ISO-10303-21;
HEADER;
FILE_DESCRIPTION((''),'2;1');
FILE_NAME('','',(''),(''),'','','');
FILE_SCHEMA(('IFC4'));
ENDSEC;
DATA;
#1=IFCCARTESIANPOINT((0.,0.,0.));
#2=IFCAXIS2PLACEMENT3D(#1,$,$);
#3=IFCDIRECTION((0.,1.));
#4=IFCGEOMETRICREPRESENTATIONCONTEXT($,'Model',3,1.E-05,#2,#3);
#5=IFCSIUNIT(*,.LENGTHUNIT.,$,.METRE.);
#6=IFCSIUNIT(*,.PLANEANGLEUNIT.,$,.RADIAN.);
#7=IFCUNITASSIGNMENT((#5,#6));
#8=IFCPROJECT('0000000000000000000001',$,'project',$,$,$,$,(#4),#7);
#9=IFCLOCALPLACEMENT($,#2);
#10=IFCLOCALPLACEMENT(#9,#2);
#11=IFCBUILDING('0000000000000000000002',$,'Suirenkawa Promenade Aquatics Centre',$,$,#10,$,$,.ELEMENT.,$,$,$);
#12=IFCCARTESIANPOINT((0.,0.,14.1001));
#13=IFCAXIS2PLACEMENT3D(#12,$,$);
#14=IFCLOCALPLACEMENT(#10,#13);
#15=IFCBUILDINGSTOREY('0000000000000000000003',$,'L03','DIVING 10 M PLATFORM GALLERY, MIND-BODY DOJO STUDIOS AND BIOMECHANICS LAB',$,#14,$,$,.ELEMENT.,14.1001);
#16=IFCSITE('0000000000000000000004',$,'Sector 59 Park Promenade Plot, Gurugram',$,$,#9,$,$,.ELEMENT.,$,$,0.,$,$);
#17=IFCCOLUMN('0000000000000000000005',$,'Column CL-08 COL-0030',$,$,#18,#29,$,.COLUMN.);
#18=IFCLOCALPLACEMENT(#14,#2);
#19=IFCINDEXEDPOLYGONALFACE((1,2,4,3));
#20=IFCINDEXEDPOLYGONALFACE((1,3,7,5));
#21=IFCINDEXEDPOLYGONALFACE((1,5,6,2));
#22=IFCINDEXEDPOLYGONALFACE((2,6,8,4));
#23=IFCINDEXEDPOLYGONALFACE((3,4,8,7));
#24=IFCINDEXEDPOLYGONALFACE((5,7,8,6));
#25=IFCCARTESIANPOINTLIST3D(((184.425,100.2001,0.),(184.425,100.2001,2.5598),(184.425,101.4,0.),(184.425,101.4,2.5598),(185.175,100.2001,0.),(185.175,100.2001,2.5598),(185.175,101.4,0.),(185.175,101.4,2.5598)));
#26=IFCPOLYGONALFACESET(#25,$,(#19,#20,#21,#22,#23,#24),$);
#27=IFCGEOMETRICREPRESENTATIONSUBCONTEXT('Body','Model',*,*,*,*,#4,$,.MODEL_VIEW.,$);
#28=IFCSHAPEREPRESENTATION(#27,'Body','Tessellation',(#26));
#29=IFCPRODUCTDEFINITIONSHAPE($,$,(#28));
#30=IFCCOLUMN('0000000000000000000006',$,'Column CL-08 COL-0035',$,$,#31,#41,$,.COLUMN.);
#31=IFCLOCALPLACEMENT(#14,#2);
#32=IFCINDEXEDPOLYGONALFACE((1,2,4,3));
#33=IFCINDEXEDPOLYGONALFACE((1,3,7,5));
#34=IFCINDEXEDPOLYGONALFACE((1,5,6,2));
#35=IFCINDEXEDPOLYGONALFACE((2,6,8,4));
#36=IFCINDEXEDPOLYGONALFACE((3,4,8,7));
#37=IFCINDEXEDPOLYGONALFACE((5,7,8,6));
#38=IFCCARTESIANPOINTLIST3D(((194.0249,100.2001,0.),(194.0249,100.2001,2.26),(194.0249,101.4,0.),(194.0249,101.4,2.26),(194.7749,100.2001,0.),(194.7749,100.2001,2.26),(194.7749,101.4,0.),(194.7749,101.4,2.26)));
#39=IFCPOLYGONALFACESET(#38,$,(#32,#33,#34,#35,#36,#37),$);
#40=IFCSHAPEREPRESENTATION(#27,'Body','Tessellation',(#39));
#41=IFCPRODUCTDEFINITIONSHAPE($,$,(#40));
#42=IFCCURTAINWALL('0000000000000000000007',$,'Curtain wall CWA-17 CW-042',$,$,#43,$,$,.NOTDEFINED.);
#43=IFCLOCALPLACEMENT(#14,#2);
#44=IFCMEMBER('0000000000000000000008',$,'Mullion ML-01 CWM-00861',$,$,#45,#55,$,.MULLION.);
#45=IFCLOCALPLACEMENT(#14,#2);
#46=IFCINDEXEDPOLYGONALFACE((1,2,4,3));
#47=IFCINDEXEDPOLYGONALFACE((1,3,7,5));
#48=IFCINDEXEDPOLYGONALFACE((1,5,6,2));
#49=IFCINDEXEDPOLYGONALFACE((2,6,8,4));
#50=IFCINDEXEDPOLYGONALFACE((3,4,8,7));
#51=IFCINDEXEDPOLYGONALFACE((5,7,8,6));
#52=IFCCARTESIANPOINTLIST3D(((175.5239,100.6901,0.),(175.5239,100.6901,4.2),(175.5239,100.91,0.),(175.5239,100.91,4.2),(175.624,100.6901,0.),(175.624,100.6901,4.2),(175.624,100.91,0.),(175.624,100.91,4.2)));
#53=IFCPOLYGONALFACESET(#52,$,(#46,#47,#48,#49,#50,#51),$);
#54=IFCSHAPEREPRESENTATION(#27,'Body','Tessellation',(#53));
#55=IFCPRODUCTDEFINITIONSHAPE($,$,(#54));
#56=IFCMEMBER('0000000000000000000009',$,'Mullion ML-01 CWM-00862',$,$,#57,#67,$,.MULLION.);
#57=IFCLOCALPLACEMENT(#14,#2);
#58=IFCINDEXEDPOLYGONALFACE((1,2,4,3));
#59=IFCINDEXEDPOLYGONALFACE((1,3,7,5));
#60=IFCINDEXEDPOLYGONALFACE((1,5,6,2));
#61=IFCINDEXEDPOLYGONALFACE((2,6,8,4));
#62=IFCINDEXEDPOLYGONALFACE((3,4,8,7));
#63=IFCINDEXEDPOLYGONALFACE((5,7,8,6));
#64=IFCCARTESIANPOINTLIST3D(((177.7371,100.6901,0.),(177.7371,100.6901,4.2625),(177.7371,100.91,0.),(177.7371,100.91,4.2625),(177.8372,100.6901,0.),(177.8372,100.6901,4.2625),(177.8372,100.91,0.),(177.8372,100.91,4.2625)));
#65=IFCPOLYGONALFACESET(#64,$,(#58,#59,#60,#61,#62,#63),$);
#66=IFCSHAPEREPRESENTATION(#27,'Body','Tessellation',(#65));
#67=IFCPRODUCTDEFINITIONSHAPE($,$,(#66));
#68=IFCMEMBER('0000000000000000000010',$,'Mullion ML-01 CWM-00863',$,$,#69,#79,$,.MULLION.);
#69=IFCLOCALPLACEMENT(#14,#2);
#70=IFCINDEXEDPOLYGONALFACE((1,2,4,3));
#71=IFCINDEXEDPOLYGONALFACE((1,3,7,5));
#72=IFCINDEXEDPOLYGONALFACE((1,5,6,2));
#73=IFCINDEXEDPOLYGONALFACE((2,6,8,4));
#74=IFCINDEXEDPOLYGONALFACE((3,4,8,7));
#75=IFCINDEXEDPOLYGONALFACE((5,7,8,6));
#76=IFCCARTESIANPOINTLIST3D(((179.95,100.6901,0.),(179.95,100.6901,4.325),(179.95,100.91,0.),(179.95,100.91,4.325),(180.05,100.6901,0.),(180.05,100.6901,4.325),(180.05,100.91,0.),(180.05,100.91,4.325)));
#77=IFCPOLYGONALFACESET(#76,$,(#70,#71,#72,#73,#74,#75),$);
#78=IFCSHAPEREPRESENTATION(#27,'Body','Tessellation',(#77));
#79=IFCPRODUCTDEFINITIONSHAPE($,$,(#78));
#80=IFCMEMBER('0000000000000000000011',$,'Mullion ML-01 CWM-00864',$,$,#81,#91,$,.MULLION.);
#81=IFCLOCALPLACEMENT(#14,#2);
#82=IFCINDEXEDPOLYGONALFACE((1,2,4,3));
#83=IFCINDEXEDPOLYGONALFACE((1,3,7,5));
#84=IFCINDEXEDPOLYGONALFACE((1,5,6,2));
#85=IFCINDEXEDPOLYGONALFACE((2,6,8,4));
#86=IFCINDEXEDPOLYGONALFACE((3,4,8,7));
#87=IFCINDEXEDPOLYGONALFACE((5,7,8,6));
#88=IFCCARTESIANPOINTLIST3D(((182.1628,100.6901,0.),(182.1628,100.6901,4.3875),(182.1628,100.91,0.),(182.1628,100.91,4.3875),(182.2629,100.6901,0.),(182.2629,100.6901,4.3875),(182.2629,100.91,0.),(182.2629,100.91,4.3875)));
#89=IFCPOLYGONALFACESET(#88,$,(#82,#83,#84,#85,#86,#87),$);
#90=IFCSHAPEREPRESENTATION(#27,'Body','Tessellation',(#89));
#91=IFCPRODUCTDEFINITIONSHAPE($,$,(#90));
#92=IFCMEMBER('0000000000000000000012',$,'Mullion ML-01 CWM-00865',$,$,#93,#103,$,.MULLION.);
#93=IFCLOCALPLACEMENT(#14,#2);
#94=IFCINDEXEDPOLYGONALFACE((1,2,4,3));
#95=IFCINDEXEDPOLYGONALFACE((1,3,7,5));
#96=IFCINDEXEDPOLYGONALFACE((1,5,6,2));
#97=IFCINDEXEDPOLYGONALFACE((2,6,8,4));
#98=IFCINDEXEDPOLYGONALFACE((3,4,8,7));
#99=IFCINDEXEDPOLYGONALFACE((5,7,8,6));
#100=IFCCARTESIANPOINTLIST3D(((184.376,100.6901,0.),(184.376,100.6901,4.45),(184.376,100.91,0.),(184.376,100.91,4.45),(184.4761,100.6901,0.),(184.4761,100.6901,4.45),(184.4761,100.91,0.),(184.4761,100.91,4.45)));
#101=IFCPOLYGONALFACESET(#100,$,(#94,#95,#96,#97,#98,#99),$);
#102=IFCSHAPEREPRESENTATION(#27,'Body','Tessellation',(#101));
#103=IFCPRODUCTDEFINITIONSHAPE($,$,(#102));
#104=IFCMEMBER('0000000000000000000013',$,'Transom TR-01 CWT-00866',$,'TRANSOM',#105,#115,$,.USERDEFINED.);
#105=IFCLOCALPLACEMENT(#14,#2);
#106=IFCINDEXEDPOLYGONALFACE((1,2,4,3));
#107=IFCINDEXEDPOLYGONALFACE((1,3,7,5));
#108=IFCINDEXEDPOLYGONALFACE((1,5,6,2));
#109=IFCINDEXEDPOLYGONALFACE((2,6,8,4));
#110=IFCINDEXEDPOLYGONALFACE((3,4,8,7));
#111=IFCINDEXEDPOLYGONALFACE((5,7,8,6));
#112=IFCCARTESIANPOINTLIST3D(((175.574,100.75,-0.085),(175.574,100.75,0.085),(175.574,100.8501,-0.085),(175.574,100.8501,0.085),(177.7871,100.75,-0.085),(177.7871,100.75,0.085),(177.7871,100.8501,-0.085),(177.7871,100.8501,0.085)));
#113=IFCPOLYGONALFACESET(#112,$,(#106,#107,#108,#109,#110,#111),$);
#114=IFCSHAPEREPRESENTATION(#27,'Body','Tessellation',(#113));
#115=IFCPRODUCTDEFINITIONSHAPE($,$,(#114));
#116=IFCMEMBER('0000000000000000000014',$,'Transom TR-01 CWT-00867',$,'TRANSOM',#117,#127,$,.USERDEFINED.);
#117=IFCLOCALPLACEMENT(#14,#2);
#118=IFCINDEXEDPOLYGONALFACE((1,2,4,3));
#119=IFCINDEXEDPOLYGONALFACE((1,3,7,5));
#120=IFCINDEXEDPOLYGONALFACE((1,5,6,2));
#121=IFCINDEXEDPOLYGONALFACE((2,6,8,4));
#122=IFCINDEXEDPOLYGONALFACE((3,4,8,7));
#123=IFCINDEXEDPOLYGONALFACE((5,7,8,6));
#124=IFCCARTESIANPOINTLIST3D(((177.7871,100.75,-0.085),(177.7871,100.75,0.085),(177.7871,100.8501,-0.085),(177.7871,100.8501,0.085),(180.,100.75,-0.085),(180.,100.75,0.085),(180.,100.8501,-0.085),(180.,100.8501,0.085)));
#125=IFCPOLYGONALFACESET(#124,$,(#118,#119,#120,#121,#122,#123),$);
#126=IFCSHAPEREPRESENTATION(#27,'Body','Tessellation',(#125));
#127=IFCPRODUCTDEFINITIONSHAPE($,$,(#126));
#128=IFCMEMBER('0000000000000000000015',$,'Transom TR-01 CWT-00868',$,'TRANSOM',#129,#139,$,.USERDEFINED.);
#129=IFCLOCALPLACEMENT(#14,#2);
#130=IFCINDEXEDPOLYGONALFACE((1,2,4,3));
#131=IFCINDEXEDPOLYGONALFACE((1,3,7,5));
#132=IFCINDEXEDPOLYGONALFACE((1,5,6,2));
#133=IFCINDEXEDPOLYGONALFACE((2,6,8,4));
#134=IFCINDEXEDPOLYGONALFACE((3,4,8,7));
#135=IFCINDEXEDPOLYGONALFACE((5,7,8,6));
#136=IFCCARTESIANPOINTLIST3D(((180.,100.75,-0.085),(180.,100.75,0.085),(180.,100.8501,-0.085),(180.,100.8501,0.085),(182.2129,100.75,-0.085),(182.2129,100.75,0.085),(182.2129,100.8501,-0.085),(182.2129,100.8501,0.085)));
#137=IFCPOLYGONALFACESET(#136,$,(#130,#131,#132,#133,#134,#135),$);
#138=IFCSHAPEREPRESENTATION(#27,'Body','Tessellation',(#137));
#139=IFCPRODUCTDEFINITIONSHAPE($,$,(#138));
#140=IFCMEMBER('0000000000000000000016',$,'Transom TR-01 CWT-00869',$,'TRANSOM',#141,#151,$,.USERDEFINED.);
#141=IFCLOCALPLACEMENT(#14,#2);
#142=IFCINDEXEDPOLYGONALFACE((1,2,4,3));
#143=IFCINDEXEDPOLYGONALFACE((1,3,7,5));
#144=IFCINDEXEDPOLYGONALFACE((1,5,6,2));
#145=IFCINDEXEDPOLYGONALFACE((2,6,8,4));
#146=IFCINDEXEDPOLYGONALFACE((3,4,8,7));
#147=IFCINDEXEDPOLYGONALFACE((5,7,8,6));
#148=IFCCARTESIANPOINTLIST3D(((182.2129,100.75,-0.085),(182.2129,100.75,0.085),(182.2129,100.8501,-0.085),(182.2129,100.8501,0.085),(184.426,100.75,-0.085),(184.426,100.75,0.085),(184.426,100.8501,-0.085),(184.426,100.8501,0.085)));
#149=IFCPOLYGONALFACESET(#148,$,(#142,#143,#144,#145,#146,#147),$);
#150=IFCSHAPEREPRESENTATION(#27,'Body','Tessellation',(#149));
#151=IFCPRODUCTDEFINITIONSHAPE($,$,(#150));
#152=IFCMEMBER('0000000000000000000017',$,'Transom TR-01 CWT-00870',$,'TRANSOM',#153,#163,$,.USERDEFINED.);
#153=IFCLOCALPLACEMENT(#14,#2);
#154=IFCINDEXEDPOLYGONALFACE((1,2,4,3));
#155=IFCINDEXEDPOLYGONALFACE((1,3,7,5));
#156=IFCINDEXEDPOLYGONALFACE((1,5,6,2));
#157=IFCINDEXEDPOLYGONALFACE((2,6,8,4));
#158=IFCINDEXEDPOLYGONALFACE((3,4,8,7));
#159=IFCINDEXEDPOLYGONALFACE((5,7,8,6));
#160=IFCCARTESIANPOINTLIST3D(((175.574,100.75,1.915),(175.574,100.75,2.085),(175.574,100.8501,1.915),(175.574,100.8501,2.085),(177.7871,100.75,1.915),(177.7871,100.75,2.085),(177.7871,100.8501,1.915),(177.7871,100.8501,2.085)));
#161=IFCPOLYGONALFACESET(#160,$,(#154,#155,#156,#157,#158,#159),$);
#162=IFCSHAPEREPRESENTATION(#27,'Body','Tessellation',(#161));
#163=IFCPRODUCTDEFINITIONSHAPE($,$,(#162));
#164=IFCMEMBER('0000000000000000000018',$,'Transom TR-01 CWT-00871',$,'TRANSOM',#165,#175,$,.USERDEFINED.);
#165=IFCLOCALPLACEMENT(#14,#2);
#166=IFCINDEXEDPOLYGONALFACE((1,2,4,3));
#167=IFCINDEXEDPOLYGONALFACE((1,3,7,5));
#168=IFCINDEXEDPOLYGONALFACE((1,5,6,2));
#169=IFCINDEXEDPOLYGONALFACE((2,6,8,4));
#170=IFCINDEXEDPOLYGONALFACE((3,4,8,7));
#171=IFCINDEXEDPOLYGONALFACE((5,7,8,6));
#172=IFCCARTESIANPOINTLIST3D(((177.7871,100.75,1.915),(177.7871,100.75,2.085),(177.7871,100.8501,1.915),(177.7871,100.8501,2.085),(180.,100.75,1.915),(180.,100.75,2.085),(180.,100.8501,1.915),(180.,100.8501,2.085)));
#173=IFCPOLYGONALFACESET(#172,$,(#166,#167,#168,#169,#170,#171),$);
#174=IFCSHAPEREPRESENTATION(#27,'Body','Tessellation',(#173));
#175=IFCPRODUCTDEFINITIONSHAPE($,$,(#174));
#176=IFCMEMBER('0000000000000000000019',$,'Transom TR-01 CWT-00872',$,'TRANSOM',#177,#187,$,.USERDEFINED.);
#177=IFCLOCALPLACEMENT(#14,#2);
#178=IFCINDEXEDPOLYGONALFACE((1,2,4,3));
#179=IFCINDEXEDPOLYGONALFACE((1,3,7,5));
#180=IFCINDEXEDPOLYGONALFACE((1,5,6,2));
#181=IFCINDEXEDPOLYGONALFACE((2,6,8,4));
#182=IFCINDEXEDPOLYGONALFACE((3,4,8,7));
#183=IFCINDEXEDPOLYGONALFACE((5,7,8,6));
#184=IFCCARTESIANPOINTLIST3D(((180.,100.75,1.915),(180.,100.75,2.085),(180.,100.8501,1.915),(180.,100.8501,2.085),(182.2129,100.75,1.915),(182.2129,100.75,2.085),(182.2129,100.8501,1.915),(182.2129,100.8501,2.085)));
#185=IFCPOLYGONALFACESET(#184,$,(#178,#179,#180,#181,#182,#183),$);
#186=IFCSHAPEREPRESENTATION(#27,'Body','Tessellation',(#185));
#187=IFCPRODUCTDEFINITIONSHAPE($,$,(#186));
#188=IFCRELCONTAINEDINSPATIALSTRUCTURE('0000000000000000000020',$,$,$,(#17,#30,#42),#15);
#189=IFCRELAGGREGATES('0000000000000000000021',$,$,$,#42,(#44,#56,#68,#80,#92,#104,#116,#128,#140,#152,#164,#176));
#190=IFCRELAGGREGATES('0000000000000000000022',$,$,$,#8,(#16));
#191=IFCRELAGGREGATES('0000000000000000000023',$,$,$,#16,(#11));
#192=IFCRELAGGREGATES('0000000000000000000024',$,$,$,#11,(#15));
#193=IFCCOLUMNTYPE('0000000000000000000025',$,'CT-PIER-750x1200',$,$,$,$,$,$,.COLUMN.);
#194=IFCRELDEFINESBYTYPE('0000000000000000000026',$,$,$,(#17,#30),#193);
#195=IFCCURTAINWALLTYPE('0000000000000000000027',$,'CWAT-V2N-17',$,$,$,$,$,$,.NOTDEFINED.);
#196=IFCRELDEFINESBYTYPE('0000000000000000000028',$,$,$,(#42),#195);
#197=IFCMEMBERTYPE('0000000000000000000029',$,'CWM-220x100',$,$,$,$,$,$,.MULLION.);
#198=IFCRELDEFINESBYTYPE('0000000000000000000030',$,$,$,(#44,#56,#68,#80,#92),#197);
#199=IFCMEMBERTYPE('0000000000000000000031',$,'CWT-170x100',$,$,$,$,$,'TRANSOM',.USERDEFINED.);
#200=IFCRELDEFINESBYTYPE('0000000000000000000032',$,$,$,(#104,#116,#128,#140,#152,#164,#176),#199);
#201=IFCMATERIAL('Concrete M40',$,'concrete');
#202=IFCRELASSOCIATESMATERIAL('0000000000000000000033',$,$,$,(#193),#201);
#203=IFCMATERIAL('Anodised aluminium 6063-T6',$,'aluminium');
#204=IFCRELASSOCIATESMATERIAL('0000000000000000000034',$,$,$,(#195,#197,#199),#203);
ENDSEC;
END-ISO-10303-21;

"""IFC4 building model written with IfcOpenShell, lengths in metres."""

from ifc_helpers import new_model, si_unit, direction, frame, origin, origin_2d, place, context, subcontext, project, spatial, rectangle, extrude, material, material_profile, profile_set, type_object, element, aggregate, save


model = new_model("IFC4")

# Units and contexts
model_context = context("Model", 3, precision=1e-05, world=origin(), true_north=direction((0.0, 1.0)))
body_context = subcontext(model_context, "Body", "Model", "MODEL_VIEW")
ifc_project = project(units=[si_unit("LENGTHUNIT", "METRE"), si_unit("PLANEANGLEUNIT", "RADIAN")], contexts=[model_context])

# Site, building, storey
site_placement = place(None, origin())
site = spatial("IfcSite", under=ifc_project, at=site_placement, Name="Sector 59 Park Promenade Plot, Gurugram", CompositionType="ELEMENT", RefElevation=0.0)
building_placement = place(site_placement, origin())
building = spatial("IfcBuilding", under=site, at=building_placement, Name="Suirenkawa Promenade Aquatics Centre", CompositionType="ELEMENT")
storey_placement = place(building_placement, frame((0.0, 0.0, 14.1001)))
storey = spatial("IfcBuildingStorey", under=building, at=storey_placement, Name="L03", Description="DIVING 10 M PLATFORM GALLERY, MIND-BODY DOJO STUDIOS AND BIOMECHANICS LAB", CompositionType="ELEMENT", Elevation=14.1001)

# Columns
ifc_material_1 = material(Name="Concrete M40", Category="concrete")
ifc_material_profile_1 = material_profile(ifc_material_1, rectangle(XDim=0.75, YDim=1.2, at=origin_2d()), Name="RC PIER 750x1200", Category="concrete")
ifc_profile_set_1 = profile_set([ifc_material_profile_1], Name="Concrete M40")
column_type = type_object("IfcColumnType", Name="CT-PIER-750x1200", PredefinedType="COLUMN", material=ifc_profile_set_1)
column_1_placement = place(storey_placement, frame((184.8, 100.8, 0.0), z_axis=(0.0, 0.0, 1.0), x_axis=(1.0, 0.0, 0.0)))
element("IfcColumn", 1, at=column_1_placement, inside=storey, type_object=column_type, Name="Column CL-08 COL-0030", PredefinedType="COLUMN", context=body_context, shape_type="SweptSolid", body=[
    extrude(rectangle(XDim=0.75, YDim=1.2, at=origin_2d()), origin(), (0.0, 0.0, 1.0), 2.5598),
])
column_2_placement = place(storey_placement, frame((194.3999, 100.8, 0.0), z_axis=(0.0, 0.0, 1.0), x_axis=(1.0, 0.0, 0.0)))
element("IfcColumn", 2, at=column_2_placement, inside=storey, type_object=column_type, Name="Column CL-08 COL-0035", PredefinedType="COLUMN", context=body_context, shape_type="SweptSolid", body=[
    extrude(rectangle(XDim=0.75, YDim=1.2, at=origin_2d()), origin(), (0.0, 0.0, 1.0), 2.26),
])

# Curtain wall, members
ifc_material_2 = material(Name="Anodised aluminium 6063-T6", Category="aluminium")
curtain_wall_type = type_object("IfcCurtainWallType", Name="CWAT-V2N-17", PredefinedType="NOTDEFINED", material=ifc_material_2)
curtain_wall_placement = place(storey_placement, origin())
curtain_wall = element("IfcCurtainWall", 3, at=curtain_wall_placement, inside=storey, type_object=curtain_wall_type, Name="Curtain wall CWA-17 CW-042", PredefinedType="NOTDEFINED")
ifc_material_profile_2 = material_profile(ifc_material_2, rectangle(XDim=0.1001, YDim=0.22, at=origin_2d()), Name="ALU MULL 100x220", Category="aluminium")
ifc_profile_set_2 = profile_set([ifc_material_profile_2], Name="Anodised aluminium 6063-T6")
member_type_1 = type_object("IfcMemberType", Name="CWM-220x100", PredefinedType="MULLION", material=ifc_profile_set_2)
member_1_placement = place(storey_placement, frame((175.574, 100.8, 0.0), z_axis=(0.0, 0.0, 1.0), x_axis=(1.0, 0.0, 0.0)))
member_1 = element("IfcMember", 4, at=member_1_placement, type_object=member_type_1, Name="Mullion ML-01 CWM-00861", PredefinedType="MULLION", context=body_context, shape_type="SweptSolid", body=[
    extrude(rectangle(XDim=0.1001, YDim=0.22, at=origin_2d()), origin(), (0.0, 0.0, 1.0), 4.2),
])
member_2_placement = place(storey_placement, frame((177.7871, 100.8, 0.0), z_axis=(0.0, 0.0, 1.0), x_axis=(1.0, 0.0, 0.0)))
member_2 = element("IfcMember", 5, at=member_2_placement, type_object=member_type_1, Name="Mullion ML-01 CWM-00862", PredefinedType="MULLION", context=body_context, shape_type="SweptSolid", body=[
    extrude(rectangle(XDim=0.1001, YDim=0.22, at=origin_2d()), origin(), (0.0, 0.0, 1.0), 4.2625),
])
member_3_placement = place(storey_placement, frame((180.0, 100.8, 0.0), z_axis=(0.0, 0.0, 1.0), x_axis=(1.0, 0.0, 0.0)))
member_3 = element("IfcMember", 6, at=member_3_placement, type_object=member_type_1, Name="Mullion ML-01 CWM-00863", PredefinedType="MULLION", context=body_context, shape_type="SweptSolid", body=[
    extrude(rectangle(XDim=0.1001, YDim=0.22, at=origin_2d()), origin(), (0.0, 0.0, 1.0), 4.325),
])
member_4_placement = place(storey_placement, frame((182.2129, 100.8, 0.0), z_axis=(0.0, 0.0, 1.0), x_axis=(1.0, 0.0, 0.0)))
member_4 = element("IfcMember", 7, at=member_4_placement, type_object=member_type_1, Name="Mullion ML-01 CWM-00864", PredefinedType="MULLION", context=body_context, shape_type="SweptSolid", body=[
    extrude(rectangle(XDim=0.1001, YDim=0.22, at=origin_2d()), origin(), (0.0, 0.0, 1.0), 4.3875),
])
member_5_placement = place(storey_placement, frame((184.426, 100.8, 0.0), z_axis=(0.0, 0.0, 1.0), x_axis=(1.0, 0.0, 0.0)))
member_5 = element("IfcMember", 8, at=member_5_placement, type_object=member_type_1, Name="Mullion ML-01 CWM-00865", PredefinedType="MULLION", context=body_context, shape_type="SweptSolid", body=[
    extrude(rectangle(XDim=0.1001, YDim=0.22, at=origin_2d()), origin(), (0.0, 0.0, 1.0), 4.45),
])
ifc_material_profile_3 = material_profile(ifc_material_2, rectangle(XDim=0.1001, YDim=0.1699, at=origin_2d()), Name="ALU TRAN 100x170", Category="aluminium")
ifc_profile_set_3 = profile_set([ifc_material_profile_3], Name="Anodised aluminium 6063-T6")
member_type_2 = type_object("IfcMemberType", Name="CWT-170x100", ElementType="TRANSOM", PredefinedType="USERDEFINED", material=ifc_profile_set_3)
member_6_placement = place(storey_placement, frame((175.574, 100.8, 0.0), z_axis=(1.0, 0.0, 0.0), x_axis=(0.0, 1.0, 0.0)))
member_6 = element("IfcMember", 9, at=member_6_placement, type_object=member_type_2, Name="Transom TR-01 CWT-00866", ObjectType="TRANSOM", PredefinedType="USERDEFINED", context=body_context, shape_type="SweptSolid", body=[
    extrude(rectangle(XDim=0.1001, YDim=0.1699, at=origin_2d()), origin(), (0.0, 0.0, 1.0), 2.2131),
])
member_7_placement = place(storey_placement, frame((177.7871, 100.8, 0.0), z_axis=(1.0, 0.0, 0.0), x_axis=(0.0, 1.0, 0.0)))
member_7 = element("IfcMember", 10, at=member_7_placement, type_object=member_type_2, Name="Transom TR-01 CWT-00867", ObjectType="TRANSOM", PredefinedType="USERDEFINED", context=body_context, shape_type="SweptSolid", body=[
    extrude(rectangle(XDim=0.1001, YDim=0.1699, at=origin_2d()), origin(), (0.0, 0.0, 1.0), 2.2129),
])
member_8_placement = place(storey_placement, frame((180.0, 100.8, 0.0), z_axis=(1.0, 0.0, 0.0), x_axis=(0.0, 1.0, 0.0)))
member_8 = element("IfcMember", 11, at=member_8_placement, type_object=member_type_2, Name="Transom TR-01 CWT-00868", ObjectType="TRANSOM", PredefinedType="USERDEFINED", context=body_context, shape_type="SweptSolid", body=[
    extrude(rectangle(XDim=0.1001, YDim=0.1699, at=origin_2d()), origin(), (0.0, 0.0, 1.0), 2.2129),
])
member_9_placement = place(storey_placement, frame((182.2129, 100.8, 0.0), z_axis=(1.0, 0.0, 0.0), x_axis=(0.0, 1.0, 0.0)))
member_9 = element("IfcMember", 12, at=member_9_placement, type_object=member_type_2, Name="Transom TR-01 CWT-00869", ObjectType="TRANSOM", PredefinedType="USERDEFINED", context=body_context, shape_type="SweptSolid", body=[
    extrude(rectangle(XDim=0.1001, YDim=0.1699, at=origin_2d()), origin(), (0.0, 0.0, 1.0), 2.2131),
])
member_10_placement = place(storey_placement, frame((175.574, 100.8, 2.0), z_axis=(1.0, 0.0, 0.0), x_axis=(0.0, 1.0, 0.0)))
member_10 = element("IfcMember", 13, at=member_10_placement, type_object=member_type_2, Name="Transom TR-01 CWT-00870", ObjectType="TRANSOM", PredefinedType="USERDEFINED", context=body_context, shape_type="SweptSolid", body=[
    extrude(rectangle(XDim=0.1001, YDim=0.1699, at=origin_2d()), origin(), (0.0, 0.0, 1.0), 2.2131),
])
member_11_placement = place(storey_placement, frame((177.7871, 100.8, 2.0), z_axis=(1.0, 0.0, 0.0), x_axis=(0.0, 1.0, 0.0)))
member_11 = element("IfcMember", 14, at=member_11_placement, type_object=member_type_2, Name="Transom TR-01 CWT-00871", ObjectType="TRANSOM", PredefinedType="USERDEFINED", context=body_context, shape_type="SweptSolid", body=[
    extrude(rectangle(XDim=0.1001, YDim=0.1699, at=origin_2d()), origin(), (0.0, 0.0, 1.0), 2.2129),
])
member_12_placement = place(storey_placement, frame((180.0, 100.8, 2.0), z_axis=(1.0, 0.0, 0.0), x_axis=(0.0, 1.0, 0.0)))
member_12 = element("IfcMember", 15, at=member_12_placement, type_object=member_type_2, Name="Transom TR-01 CWT-00872", ObjectType="TRANSOM", PredefinedType="USERDEFINED", context=body_context, shape_type="SweptSolid", body=[
    extrude(rectangle(XDim=0.1001, YDim=0.1699, at=origin_2d()), origin(), (0.0, 0.0, 1.0), 2.2129),
])
aggregate(curtain_wall, [member_1, member_2, member_3, member_4, member_5, member_6, member_7, member_8, member_9, member_10, member_11, member_12])

save(model, "model.ifc")
